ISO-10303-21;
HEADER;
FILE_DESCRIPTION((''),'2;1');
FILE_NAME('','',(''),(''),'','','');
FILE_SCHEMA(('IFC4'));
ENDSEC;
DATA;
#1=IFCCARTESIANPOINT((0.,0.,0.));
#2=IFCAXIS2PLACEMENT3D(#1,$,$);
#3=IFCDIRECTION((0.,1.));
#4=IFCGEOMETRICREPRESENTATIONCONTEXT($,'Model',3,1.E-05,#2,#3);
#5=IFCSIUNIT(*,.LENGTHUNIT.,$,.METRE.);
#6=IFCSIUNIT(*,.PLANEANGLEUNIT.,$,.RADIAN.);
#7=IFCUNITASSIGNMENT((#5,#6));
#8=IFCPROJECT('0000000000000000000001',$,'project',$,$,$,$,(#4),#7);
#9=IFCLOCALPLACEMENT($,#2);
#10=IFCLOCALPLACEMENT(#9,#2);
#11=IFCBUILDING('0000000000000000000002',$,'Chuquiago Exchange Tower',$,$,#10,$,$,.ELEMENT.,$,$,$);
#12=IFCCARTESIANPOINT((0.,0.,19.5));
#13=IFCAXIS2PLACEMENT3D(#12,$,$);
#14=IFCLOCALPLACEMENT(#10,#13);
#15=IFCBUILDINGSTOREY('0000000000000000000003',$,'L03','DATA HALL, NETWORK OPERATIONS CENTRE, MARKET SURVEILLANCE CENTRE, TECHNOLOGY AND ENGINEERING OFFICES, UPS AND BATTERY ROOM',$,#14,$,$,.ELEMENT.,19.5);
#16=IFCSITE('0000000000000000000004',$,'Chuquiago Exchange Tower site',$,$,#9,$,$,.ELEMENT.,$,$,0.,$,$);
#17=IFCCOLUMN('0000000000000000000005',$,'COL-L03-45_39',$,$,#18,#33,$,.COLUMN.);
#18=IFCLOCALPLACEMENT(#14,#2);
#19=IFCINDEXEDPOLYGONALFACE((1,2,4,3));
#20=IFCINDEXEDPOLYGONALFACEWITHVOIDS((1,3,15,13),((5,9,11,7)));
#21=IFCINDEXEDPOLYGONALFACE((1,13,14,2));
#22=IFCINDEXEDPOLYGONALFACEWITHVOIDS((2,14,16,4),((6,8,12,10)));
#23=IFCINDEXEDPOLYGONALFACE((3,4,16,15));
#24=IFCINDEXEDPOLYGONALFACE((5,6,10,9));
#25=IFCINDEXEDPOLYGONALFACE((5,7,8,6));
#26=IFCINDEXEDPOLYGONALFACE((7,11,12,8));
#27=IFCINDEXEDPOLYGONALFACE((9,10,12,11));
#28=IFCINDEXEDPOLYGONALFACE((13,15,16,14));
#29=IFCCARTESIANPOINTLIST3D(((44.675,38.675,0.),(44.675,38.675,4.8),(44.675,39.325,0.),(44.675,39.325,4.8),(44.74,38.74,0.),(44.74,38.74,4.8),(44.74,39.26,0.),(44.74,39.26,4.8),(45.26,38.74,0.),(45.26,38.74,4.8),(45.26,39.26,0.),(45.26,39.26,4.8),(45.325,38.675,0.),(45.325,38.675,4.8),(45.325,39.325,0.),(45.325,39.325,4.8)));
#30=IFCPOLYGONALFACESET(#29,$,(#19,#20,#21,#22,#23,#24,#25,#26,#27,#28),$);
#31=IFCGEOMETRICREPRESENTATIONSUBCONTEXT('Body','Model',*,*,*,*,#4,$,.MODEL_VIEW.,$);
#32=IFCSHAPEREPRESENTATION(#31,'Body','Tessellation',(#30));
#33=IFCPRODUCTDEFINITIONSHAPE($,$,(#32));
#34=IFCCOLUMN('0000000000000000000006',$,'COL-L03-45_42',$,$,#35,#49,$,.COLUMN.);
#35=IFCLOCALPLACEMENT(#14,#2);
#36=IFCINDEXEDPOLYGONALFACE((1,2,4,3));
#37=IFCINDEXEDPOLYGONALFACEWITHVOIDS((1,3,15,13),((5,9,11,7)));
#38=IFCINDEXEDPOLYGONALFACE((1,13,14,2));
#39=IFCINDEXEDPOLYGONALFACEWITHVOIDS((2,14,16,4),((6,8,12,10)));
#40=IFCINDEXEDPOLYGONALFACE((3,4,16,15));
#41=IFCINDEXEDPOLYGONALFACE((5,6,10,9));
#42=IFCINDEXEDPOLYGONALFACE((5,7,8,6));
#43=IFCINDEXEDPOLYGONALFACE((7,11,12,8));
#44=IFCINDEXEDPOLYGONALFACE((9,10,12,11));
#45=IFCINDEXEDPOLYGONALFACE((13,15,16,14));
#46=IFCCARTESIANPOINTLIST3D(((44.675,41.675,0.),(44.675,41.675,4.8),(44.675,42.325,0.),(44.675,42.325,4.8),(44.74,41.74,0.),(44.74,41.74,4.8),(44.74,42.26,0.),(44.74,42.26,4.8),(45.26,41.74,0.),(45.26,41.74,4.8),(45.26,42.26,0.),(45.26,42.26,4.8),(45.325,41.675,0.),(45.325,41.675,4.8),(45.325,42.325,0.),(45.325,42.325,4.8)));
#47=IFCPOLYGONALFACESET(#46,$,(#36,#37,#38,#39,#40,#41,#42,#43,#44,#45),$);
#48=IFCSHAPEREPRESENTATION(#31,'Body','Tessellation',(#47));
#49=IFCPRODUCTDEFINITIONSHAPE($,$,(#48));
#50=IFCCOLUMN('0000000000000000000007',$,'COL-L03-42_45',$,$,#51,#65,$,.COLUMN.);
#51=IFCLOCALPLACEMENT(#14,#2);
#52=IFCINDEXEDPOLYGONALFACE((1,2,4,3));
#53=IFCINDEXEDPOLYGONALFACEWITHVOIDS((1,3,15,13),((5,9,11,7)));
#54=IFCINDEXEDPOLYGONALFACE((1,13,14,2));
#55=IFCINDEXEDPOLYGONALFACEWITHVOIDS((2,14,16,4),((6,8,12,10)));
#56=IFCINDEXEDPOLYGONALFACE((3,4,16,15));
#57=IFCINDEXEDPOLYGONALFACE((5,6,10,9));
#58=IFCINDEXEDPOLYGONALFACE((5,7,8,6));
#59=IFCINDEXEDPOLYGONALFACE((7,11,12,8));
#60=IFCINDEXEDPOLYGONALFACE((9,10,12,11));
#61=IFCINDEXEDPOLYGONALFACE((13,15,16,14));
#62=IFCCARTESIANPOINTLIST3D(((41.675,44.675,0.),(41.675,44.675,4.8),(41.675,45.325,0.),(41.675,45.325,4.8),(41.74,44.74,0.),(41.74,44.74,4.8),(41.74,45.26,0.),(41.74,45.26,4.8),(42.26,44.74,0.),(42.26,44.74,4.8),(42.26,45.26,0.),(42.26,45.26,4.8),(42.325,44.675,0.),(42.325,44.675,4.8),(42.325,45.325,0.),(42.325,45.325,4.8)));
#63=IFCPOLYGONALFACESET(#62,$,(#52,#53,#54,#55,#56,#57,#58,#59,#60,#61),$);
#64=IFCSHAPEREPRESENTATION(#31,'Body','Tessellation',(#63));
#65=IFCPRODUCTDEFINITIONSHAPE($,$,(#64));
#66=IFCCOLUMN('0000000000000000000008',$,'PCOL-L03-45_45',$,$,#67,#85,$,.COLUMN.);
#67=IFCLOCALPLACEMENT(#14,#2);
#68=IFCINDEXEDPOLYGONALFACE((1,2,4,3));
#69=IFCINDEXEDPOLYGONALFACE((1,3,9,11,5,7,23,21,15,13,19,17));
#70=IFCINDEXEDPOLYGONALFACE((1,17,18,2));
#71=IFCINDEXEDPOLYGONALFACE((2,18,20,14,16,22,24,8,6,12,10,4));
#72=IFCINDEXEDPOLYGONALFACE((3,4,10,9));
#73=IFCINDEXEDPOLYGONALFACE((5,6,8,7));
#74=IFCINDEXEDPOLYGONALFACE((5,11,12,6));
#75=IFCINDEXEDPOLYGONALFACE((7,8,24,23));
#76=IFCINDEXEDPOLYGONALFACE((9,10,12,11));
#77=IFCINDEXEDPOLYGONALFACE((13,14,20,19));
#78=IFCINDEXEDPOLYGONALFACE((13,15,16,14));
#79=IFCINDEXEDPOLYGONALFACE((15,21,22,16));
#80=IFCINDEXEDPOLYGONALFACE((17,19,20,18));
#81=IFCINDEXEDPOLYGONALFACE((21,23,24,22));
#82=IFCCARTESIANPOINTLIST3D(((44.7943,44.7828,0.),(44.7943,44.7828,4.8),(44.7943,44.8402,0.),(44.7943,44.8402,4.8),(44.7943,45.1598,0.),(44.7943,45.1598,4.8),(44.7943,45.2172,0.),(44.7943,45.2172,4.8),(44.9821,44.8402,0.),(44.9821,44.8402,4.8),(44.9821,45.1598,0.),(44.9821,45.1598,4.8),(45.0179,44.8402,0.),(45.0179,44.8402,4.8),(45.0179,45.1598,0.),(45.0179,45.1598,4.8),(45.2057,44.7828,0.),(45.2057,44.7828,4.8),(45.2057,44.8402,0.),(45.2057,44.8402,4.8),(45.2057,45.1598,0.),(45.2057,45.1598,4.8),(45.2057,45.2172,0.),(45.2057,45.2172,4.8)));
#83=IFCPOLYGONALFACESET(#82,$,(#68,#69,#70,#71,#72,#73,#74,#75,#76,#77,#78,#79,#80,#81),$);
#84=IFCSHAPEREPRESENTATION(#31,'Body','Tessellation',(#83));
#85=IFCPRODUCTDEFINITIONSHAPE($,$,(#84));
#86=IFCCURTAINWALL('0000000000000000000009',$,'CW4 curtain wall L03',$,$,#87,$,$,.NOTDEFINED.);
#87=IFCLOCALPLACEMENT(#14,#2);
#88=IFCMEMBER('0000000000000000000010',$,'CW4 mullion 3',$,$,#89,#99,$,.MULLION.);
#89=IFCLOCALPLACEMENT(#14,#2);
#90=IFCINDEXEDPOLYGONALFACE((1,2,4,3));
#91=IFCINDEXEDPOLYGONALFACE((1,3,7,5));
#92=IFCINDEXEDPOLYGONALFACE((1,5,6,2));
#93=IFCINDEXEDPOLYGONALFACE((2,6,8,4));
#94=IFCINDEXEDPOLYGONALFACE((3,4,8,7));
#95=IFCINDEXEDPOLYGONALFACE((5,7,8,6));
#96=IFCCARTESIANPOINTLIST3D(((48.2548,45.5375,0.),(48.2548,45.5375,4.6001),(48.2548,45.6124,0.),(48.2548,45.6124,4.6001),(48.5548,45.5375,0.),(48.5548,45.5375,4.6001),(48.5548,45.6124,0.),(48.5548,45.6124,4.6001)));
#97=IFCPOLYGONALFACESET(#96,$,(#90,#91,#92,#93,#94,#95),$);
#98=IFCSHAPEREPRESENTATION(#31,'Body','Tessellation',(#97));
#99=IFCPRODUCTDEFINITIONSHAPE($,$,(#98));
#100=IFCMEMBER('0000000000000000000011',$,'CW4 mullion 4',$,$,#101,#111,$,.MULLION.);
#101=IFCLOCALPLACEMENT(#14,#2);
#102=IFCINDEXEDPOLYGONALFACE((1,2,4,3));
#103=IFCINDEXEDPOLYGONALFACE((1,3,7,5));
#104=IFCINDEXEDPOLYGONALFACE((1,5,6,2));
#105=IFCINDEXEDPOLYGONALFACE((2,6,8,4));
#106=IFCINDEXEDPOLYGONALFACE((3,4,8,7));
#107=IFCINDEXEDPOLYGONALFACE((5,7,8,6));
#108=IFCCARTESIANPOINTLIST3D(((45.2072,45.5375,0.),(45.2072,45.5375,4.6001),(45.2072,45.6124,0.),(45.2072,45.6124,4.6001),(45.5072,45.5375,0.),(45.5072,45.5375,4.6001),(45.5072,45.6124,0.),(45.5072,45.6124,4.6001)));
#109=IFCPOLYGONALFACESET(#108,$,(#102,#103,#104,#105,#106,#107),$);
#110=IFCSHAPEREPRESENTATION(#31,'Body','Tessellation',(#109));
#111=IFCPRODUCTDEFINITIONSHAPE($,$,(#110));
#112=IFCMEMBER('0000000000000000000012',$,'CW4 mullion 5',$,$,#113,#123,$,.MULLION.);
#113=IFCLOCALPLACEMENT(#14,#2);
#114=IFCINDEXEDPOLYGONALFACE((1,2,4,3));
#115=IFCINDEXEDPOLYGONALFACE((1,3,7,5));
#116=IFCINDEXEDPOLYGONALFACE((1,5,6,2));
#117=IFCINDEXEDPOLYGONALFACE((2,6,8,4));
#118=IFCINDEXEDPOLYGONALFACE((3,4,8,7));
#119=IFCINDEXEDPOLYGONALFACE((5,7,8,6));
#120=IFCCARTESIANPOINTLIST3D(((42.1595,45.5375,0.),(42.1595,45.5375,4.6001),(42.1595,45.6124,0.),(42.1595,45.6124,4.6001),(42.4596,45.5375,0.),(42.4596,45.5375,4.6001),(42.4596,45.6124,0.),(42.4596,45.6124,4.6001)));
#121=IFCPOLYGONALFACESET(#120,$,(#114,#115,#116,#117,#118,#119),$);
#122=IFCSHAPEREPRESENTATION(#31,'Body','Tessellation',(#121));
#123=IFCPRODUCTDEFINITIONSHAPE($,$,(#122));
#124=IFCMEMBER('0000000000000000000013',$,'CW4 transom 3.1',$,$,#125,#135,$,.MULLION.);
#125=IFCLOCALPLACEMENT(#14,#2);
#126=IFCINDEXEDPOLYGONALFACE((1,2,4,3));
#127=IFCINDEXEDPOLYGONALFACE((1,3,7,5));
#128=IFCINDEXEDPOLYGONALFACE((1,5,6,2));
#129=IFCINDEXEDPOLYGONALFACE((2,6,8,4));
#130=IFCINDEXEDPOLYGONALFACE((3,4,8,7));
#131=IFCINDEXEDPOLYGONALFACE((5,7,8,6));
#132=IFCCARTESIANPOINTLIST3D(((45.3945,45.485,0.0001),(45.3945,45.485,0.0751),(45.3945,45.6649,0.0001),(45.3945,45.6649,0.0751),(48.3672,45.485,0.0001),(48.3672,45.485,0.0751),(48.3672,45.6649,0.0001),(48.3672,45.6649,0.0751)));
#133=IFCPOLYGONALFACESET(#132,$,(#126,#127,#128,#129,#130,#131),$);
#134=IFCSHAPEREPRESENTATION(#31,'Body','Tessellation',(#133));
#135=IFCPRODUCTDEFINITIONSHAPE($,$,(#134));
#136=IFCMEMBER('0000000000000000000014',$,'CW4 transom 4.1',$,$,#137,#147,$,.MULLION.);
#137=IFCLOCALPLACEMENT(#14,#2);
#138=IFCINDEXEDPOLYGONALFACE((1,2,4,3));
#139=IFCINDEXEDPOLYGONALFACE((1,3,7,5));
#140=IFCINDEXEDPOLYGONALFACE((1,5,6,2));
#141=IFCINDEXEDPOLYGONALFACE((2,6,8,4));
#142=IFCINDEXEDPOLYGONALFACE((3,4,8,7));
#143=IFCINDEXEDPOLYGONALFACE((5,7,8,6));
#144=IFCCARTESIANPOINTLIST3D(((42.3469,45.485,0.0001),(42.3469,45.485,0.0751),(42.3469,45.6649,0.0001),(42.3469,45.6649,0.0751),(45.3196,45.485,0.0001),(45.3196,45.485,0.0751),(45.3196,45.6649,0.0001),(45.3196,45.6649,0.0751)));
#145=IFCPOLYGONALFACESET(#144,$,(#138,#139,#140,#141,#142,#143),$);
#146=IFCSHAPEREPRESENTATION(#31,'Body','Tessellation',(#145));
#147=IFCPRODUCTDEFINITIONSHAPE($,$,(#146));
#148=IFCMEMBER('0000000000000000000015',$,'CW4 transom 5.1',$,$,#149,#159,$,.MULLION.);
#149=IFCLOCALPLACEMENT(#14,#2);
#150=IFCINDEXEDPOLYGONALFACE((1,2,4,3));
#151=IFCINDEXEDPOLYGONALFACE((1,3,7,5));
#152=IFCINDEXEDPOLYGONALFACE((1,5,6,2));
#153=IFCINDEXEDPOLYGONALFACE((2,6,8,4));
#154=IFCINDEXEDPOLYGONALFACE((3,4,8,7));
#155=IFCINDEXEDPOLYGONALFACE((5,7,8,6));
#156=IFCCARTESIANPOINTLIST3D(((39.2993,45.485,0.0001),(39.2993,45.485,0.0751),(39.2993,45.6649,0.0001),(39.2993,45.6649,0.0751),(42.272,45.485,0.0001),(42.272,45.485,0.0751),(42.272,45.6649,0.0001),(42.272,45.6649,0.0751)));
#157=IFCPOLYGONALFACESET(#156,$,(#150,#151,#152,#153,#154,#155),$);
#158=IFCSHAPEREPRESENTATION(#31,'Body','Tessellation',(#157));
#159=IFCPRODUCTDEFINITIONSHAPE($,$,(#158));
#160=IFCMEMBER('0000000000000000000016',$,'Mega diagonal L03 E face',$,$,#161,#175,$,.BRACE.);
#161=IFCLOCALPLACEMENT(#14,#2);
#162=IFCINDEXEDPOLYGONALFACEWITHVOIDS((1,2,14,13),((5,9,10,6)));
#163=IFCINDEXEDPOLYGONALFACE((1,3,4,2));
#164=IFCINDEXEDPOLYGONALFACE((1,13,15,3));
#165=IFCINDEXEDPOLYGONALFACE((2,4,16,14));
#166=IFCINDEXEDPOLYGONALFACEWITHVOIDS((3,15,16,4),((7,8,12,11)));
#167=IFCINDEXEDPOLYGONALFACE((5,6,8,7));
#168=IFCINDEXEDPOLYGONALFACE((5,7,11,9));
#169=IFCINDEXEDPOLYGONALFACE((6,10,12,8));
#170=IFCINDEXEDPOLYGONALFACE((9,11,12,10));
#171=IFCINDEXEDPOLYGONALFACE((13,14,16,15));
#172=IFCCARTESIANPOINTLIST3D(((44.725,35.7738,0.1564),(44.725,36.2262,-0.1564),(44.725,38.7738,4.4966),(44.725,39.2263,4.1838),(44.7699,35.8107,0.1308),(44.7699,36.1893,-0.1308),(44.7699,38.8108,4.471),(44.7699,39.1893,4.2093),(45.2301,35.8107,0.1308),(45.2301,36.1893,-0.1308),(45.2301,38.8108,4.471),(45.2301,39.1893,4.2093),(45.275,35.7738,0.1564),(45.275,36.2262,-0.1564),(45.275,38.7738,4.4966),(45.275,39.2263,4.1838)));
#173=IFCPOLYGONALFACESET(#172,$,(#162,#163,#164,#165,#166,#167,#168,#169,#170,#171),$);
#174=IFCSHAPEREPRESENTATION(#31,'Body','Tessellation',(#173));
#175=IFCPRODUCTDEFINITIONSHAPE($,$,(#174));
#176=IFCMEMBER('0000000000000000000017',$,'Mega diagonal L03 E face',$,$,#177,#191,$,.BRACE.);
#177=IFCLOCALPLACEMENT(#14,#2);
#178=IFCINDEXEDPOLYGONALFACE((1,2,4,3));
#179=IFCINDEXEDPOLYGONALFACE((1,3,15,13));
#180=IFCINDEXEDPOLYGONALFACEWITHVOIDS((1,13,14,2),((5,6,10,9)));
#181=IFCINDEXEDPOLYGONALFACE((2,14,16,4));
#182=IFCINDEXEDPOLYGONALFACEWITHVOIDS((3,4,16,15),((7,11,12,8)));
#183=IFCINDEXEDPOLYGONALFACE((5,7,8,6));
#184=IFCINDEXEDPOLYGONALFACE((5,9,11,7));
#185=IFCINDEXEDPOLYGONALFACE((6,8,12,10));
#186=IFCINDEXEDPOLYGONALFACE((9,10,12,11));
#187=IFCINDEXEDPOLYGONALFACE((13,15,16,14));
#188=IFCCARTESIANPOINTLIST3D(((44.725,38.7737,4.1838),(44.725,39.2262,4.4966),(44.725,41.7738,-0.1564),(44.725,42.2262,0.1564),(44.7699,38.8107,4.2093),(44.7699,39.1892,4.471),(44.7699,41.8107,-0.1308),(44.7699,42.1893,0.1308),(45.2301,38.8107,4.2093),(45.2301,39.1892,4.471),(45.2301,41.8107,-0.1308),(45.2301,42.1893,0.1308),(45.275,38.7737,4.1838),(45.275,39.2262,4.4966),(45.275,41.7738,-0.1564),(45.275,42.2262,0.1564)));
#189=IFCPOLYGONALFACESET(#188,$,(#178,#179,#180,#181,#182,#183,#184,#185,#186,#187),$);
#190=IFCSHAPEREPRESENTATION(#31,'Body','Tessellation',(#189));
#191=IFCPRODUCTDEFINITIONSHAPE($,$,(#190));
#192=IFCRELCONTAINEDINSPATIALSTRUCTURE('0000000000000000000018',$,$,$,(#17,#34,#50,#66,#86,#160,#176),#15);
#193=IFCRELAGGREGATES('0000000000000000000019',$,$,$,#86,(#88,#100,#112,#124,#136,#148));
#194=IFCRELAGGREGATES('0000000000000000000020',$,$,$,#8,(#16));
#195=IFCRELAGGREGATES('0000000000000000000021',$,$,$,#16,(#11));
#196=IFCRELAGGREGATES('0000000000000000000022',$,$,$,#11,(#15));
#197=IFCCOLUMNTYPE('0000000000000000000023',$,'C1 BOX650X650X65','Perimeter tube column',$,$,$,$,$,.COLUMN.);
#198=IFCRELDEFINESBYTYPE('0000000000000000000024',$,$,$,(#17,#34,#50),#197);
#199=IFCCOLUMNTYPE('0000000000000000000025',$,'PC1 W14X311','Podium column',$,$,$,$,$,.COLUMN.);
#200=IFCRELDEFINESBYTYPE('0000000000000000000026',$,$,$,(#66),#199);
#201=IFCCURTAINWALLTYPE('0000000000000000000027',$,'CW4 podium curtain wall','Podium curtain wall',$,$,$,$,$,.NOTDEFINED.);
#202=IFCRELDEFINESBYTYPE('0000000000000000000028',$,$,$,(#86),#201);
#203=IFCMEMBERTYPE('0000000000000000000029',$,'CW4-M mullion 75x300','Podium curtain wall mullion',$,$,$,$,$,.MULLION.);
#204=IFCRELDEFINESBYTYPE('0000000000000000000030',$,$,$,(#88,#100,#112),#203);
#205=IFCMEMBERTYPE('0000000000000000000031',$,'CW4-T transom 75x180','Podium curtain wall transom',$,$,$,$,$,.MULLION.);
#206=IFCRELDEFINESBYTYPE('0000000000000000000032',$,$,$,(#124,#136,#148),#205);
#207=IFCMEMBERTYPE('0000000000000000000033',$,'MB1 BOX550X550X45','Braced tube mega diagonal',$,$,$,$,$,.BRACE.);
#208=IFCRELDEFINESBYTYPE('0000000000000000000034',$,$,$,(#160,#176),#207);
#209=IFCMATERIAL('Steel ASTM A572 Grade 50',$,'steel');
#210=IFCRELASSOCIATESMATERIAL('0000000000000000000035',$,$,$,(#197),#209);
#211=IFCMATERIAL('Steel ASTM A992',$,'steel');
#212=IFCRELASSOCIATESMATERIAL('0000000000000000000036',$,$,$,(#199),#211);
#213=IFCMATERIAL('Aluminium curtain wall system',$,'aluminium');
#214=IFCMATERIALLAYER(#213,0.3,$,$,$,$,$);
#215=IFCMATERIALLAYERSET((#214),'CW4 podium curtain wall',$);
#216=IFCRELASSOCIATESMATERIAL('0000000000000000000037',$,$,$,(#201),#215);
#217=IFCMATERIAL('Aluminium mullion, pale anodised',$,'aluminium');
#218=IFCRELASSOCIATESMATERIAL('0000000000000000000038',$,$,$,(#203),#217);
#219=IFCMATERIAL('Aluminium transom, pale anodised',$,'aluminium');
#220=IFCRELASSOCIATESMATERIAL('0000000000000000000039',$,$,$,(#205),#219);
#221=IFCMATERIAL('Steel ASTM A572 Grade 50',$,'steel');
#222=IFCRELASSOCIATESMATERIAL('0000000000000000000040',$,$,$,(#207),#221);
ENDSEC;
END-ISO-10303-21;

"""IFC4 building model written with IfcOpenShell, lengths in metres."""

from ifc_helpers import new_model, si_unit, direction, frame, origin, origin_2d, place, context, subcontext, project, spatial, rectangle, hollow_rectangle, i_section, extrude, material, layer, layer_set, material_profile, profile_set, type_object, element, aggregate, save


model = new_model("IFC4")

# Units and contexts
model_context = context("Model", 3, precision=1e-05, world=origin(), true_north=direction((0.0, 1.0)))
body_context = subcontext(model_context, "Body", "Model", "MODEL_VIEW")
ifc_project = project(units=[si_unit("LENGTHUNIT", "METRE"), si_unit("PLANEANGLEUNIT", "RADIAN")], contexts=[model_context])

# Site, building, storey
site_placement = place(None, origin())
site = spatial("IfcSite", under=ifc_project, at=site_placement, Name="Chuquiago Exchange Tower site", CompositionType="ELEMENT", RefElevation=0.0)
building_placement = place(site_placement, origin())
building = spatial("IfcBuilding", under=site, at=building_placement, Name="Chuquiago Exchange Tower", CompositionType="ELEMENT")
storey_placement = place(building_placement, frame((0.0, 0.0, 19.5)))
storey = spatial("IfcBuildingStorey", under=building, at=storey_placement, Name="L03", Description="DATA HALL, NETWORK OPERATIONS CENTRE, MARKET SURVEILLANCE CENTRE, TECHNOLOGY AND ENGINEERING OFFICES, UPS AND BATTERY ROOM", CompositionType="ELEMENT", Elevation=19.5)

# Columns
ifc_material_1 = material(Name="Steel ASTM A572 Grade 50", Category="steel")
ifc_material_profile_1 = material_profile(ifc_material_1, hollow_rectangle(XDim=0.6499, YDim=0.6499, WallThickness=0.0649, at=origin_2d()), Name="BOX650X650X65")
ifc_profile_set_1 = profile_set([ifc_material_profile_1], Name="Steel ASTM A572 Grade 50")
column_type_1 = type_object("IfcColumnType", Name="C1 BOX650X650X65", Description="Perimeter tube column", PredefinedType="COLUMN", material=ifc_profile_set_1)
for number, where, z_axis, x_axis, name in (
    (1, (45.0, 39.0, 0.0), (0.0, 0.0, 1.0), (1.0, 0.0, 0.0), "COL-L03-45_39"),
    (2, (45.0, 42.0, 0.0), (0.0, 0.0, 1.0), (1.0, 0.0, 0.0), "COL-L03-45_42"),
    (3, (42.0, 45.0, 0.0), (0.0, 0.0, 1.0), (0.0, 1.0, 0.0), "COL-L03-42_45"),
):
    element("IfcColumn", number, at=place(storey_placement, frame(where, z_axis=z_axis, x_axis=x_axis)), inside=storey, type_object=column_type_1, Name=name, PredefinedType="COLUMN", context=body_context, shape_type="SweptSolid", body=[
        extrude(hollow_rectangle(XDim=0.6499, YDim=0.6499, WallThickness=0.0649, at=origin_2d()), origin(), (0.0, 0.0, 1.0), 4.8),
    ])
ifc_material_2 = material(Name="Steel ASTM A992", Category="steel")
ifc_material_profile_2 = material_profile(ifc_material_2, i_section(OverallWidth=0.4114, OverallDepth=0.4343, WebThickness=0.0359, FlangeThickness=0.0574, at=origin_2d()), Name="W14X311")
ifc_profile_set_2 = profile_set([ifc_material_profile_2], Name="Steel ASTM A992")
column_type_2 = type_object("IfcColumnType", Name="PC1 W14X311", Description="Podium column", PredefinedType="COLUMN", material=ifc_profile_set_2)
column_placement = place(storey_placement, frame((45.0, 45.0, 0.0), z_axis=(0.0, 0.0, 1.0), x_axis=(1.0, 0.0, 0.0)))
element("IfcColumn", 4, at=column_placement, inside=storey, type_object=column_type_2, Name="PCOL-L03-45_45", PredefinedType="COLUMN", context=body_context, shape_type="SweptSolid", body=[
    extrude(i_section(OverallWidth=0.4114, OverallDepth=0.4343, WebThickness=0.0359, FlangeThickness=0.0574, at=origin_2d()), origin(), (0.0, 0.0, 1.0), 4.8),
])

# Curtain wall, members
ifc_material_3 = material(Name="Aluminium curtain wall system", Category="aluminium")
ifc_layer_1 = layer(ifc_material_3, 0.3)
ifc_layer_set_1 = layer_set([ifc_layer_1], Name="CW4 podium curtain wall")
curtain_wall_type = type_object("IfcCurtainWallType", Name="CW4 podium curtain wall", Description="Podium curtain wall", PredefinedType="NOTDEFINED", material=ifc_layer_set_1)
curtain_wall_placement = place(storey_placement, origin())
curtain_wall = element("IfcCurtainWall", 5, at=curtain_wall_placement, inside=storey, type_object=curtain_wall_type, Name="CW4 curtain wall L03", PredefinedType="NOTDEFINED")
ifc_material_4 = material(Name="Aluminium mullion, pale anodised", Category="aluminium")
ifc_material_profile_3 = material_profile(ifc_material_4, rectangle(XDim=0.075, YDim=0.3, at=origin_2d()), Name="AL 75x300")
ifc_profile_set_3 = profile_set([ifc_material_profile_3], Name="Aluminium mullion, pale anodised")
member_type_1 = type_object("IfcMemberType", Name="CW4-M mullion 75x300", Description="Podium curtain wall mullion", PredefinedType="MULLION", material=ifc_profile_set_3)
member_1_placement = place(storey_placement, frame((48.4048, 45.575, 0.0), z_axis=(0.0, 0.0, 1.0), x_axis=(0.0, -1.0, 0.0)))
member_1 = element("IfcMember", 6, at=member_1_placement, type_object=member_type_1, Name="CW4 mullion 3", PredefinedType="MULLION", context=body_context, shape_type="SweptSolid", body=[
    extrude(rectangle(XDim=0.075, YDim=0.3, at=origin_2d()), origin(), (0.0, 0.0, 1.0), 4.6001),
])
member_2_placement = place(storey_placement, frame((45.3572, 45.575, 0.0), z_axis=(0.0, 0.0, 1.0), x_axis=(0.0, -1.0, 0.0)))
member_2 = element("IfcMember", 7, at=member_2_placement, type_object=member_type_1, Name="CW4 mullion 4", PredefinedType="MULLION", context=body_context, shape_type="SweptSolid", body=[
    extrude(rectangle(XDim=0.075, YDim=0.3, at=origin_2d()), origin(), (0.0, 0.0, 1.0), 4.6001),
])
member_3_placement = place(storey_placement, frame((42.3096, 45.575, 0.0), z_axis=(0.0, 0.0, 1.0), x_axis=(0.0, -1.0, 0.0)))
member_3 = element("IfcMember", 8, at=member_3_placement, type_object=member_type_1, Name="CW4 mullion 5", PredefinedType="MULLION", context=body_context, shape_type="SweptSolid", body=[
    extrude(rectangle(XDim=0.075, YDim=0.3, at=origin_2d()), origin(), (0.0, 0.0, 1.0), 4.6001),
])
ifc_material_5 = material(Name="Aluminium transom, pale anodised", Category="aluminium")
ifc_material_profile_4 = material_profile(ifc_material_5, rectangle(XDim=0.1799, YDim=0.075, at=origin_2d()), Name="AL 180x75")
ifc_profile_set_4 = profile_set([ifc_material_profile_4], Name="Aluminium transom, pale anodised")
member_type_2 = type_object("IfcMemberType", Name="CW4-T transom 75x180", Description="Podium curtain wall transom", PredefinedType="MULLION", material=ifc_profile_set_4)
member_4_placement = place(storey_placement, frame((48.3672, 45.575, 0.0376), z_axis=(-1.0, 0.0, 0.0), x_axis=(0.0, -1.0, 0.0)))
member_4 = element("IfcMember", 9, at=member_4_placement, type_object=member_type_2, Name="CW4 transom 3.1", PredefinedType="MULLION", context=body_context, shape_type="SweptSolid", body=[
    extrude(rectangle(XDim=0.1799, YDim=0.075, at=origin_2d()), origin(), (0.0, 0.0, 1.0), 2.9727),
])
member_5_placement = place(storey_placement, frame((45.3196, 45.575, 0.0376), z_axis=(-1.0, 0.0, 0.0), x_axis=(0.0, -1.0, 0.0)))
member_5 = element("IfcMember", 10, at=member_5_placement, type_object=member_type_2, Name="CW4 transom 4.1", PredefinedType="MULLION", context=body_context, shape_type="SweptSolid", body=[
    extrude(rectangle(XDim=0.1799, YDim=0.075, at=origin_2d()), origin(), (0.0, 0.0, 1.0), 2.9727),
])
member_6_placement = place(storey_placement, frame((42.272, 45.575, 0.0376), z_axis=(-1.0, 0.0, 0.0), x_axis=(0.0, -1.0, 0.0)))
member_6 = element("IfcMember", 11, at=member_6_placement, type_object=member_type_2, Name="CW4 transom 5.1", PredefinedType="MULLION", context=body_context, shape_type="SweptSolid", body=[
    extrude(rectangle(XDim=0.1799, YDim=0.075, at=origin_2d()), origin(), (0.0, 0.0, 1.0), 2.9727),
])

# Members
ifc_material_6 = material(Name="Steel ASTM A572 Grade 50", Category="steel")
ifc_material_profile_5 = material_profile(ifc_material_6, hollow_rectangle(XDim=0.55, YDim=0.55, WallThickness=0.0449, at=origin_2d()), Name="BOX550X550X45")
ifc_profile_set_5 = profile_set([ifc_material_profile_5], Name="Steel ASTM A572 Grade 50")
member_type_3 = type_object("IfcMemberType", Name="MB1 BOX550X550X45", Description="Braced tube mega diagonal", PredefinedType="BRACE", material=ifc_profile_set_5)
for number, where, z_axis, x_axis, name in (
    (12, (45.0, 36.0, 0.0), (0.0, 0.568611, 0.822607), (-1.0, 0.0, 0.0), "Mega diagonal L03 E face"),
    (13, (45.0, 42.0, 0.0), (0.0, -0.568611, 0.822607), (1.0, 0.0, 0.0), "Mega diagonal L03 E face"),
):
    element("IfcMember", number, at=place(storey_placement, frame(where, z_axis=z_axis, x_axis=x_axis)), inside=storey, type_object=member_type_3, Name=name, PredefinedType="BRACE", context=body_context, shape_type="SweptSolid", body=[
        extrude(hollow_rectangle(XDim=0.55, YDim=0.55, WallThickness=0.0449, at=origin_2d()), origin(), (0.0, 0.0, 1.0), 5.2761),
    ])

aggregate(curtain_wall, [member_1, member_2, member_3, member_4, member_5, member_6])

save(model, "model.ifc")
